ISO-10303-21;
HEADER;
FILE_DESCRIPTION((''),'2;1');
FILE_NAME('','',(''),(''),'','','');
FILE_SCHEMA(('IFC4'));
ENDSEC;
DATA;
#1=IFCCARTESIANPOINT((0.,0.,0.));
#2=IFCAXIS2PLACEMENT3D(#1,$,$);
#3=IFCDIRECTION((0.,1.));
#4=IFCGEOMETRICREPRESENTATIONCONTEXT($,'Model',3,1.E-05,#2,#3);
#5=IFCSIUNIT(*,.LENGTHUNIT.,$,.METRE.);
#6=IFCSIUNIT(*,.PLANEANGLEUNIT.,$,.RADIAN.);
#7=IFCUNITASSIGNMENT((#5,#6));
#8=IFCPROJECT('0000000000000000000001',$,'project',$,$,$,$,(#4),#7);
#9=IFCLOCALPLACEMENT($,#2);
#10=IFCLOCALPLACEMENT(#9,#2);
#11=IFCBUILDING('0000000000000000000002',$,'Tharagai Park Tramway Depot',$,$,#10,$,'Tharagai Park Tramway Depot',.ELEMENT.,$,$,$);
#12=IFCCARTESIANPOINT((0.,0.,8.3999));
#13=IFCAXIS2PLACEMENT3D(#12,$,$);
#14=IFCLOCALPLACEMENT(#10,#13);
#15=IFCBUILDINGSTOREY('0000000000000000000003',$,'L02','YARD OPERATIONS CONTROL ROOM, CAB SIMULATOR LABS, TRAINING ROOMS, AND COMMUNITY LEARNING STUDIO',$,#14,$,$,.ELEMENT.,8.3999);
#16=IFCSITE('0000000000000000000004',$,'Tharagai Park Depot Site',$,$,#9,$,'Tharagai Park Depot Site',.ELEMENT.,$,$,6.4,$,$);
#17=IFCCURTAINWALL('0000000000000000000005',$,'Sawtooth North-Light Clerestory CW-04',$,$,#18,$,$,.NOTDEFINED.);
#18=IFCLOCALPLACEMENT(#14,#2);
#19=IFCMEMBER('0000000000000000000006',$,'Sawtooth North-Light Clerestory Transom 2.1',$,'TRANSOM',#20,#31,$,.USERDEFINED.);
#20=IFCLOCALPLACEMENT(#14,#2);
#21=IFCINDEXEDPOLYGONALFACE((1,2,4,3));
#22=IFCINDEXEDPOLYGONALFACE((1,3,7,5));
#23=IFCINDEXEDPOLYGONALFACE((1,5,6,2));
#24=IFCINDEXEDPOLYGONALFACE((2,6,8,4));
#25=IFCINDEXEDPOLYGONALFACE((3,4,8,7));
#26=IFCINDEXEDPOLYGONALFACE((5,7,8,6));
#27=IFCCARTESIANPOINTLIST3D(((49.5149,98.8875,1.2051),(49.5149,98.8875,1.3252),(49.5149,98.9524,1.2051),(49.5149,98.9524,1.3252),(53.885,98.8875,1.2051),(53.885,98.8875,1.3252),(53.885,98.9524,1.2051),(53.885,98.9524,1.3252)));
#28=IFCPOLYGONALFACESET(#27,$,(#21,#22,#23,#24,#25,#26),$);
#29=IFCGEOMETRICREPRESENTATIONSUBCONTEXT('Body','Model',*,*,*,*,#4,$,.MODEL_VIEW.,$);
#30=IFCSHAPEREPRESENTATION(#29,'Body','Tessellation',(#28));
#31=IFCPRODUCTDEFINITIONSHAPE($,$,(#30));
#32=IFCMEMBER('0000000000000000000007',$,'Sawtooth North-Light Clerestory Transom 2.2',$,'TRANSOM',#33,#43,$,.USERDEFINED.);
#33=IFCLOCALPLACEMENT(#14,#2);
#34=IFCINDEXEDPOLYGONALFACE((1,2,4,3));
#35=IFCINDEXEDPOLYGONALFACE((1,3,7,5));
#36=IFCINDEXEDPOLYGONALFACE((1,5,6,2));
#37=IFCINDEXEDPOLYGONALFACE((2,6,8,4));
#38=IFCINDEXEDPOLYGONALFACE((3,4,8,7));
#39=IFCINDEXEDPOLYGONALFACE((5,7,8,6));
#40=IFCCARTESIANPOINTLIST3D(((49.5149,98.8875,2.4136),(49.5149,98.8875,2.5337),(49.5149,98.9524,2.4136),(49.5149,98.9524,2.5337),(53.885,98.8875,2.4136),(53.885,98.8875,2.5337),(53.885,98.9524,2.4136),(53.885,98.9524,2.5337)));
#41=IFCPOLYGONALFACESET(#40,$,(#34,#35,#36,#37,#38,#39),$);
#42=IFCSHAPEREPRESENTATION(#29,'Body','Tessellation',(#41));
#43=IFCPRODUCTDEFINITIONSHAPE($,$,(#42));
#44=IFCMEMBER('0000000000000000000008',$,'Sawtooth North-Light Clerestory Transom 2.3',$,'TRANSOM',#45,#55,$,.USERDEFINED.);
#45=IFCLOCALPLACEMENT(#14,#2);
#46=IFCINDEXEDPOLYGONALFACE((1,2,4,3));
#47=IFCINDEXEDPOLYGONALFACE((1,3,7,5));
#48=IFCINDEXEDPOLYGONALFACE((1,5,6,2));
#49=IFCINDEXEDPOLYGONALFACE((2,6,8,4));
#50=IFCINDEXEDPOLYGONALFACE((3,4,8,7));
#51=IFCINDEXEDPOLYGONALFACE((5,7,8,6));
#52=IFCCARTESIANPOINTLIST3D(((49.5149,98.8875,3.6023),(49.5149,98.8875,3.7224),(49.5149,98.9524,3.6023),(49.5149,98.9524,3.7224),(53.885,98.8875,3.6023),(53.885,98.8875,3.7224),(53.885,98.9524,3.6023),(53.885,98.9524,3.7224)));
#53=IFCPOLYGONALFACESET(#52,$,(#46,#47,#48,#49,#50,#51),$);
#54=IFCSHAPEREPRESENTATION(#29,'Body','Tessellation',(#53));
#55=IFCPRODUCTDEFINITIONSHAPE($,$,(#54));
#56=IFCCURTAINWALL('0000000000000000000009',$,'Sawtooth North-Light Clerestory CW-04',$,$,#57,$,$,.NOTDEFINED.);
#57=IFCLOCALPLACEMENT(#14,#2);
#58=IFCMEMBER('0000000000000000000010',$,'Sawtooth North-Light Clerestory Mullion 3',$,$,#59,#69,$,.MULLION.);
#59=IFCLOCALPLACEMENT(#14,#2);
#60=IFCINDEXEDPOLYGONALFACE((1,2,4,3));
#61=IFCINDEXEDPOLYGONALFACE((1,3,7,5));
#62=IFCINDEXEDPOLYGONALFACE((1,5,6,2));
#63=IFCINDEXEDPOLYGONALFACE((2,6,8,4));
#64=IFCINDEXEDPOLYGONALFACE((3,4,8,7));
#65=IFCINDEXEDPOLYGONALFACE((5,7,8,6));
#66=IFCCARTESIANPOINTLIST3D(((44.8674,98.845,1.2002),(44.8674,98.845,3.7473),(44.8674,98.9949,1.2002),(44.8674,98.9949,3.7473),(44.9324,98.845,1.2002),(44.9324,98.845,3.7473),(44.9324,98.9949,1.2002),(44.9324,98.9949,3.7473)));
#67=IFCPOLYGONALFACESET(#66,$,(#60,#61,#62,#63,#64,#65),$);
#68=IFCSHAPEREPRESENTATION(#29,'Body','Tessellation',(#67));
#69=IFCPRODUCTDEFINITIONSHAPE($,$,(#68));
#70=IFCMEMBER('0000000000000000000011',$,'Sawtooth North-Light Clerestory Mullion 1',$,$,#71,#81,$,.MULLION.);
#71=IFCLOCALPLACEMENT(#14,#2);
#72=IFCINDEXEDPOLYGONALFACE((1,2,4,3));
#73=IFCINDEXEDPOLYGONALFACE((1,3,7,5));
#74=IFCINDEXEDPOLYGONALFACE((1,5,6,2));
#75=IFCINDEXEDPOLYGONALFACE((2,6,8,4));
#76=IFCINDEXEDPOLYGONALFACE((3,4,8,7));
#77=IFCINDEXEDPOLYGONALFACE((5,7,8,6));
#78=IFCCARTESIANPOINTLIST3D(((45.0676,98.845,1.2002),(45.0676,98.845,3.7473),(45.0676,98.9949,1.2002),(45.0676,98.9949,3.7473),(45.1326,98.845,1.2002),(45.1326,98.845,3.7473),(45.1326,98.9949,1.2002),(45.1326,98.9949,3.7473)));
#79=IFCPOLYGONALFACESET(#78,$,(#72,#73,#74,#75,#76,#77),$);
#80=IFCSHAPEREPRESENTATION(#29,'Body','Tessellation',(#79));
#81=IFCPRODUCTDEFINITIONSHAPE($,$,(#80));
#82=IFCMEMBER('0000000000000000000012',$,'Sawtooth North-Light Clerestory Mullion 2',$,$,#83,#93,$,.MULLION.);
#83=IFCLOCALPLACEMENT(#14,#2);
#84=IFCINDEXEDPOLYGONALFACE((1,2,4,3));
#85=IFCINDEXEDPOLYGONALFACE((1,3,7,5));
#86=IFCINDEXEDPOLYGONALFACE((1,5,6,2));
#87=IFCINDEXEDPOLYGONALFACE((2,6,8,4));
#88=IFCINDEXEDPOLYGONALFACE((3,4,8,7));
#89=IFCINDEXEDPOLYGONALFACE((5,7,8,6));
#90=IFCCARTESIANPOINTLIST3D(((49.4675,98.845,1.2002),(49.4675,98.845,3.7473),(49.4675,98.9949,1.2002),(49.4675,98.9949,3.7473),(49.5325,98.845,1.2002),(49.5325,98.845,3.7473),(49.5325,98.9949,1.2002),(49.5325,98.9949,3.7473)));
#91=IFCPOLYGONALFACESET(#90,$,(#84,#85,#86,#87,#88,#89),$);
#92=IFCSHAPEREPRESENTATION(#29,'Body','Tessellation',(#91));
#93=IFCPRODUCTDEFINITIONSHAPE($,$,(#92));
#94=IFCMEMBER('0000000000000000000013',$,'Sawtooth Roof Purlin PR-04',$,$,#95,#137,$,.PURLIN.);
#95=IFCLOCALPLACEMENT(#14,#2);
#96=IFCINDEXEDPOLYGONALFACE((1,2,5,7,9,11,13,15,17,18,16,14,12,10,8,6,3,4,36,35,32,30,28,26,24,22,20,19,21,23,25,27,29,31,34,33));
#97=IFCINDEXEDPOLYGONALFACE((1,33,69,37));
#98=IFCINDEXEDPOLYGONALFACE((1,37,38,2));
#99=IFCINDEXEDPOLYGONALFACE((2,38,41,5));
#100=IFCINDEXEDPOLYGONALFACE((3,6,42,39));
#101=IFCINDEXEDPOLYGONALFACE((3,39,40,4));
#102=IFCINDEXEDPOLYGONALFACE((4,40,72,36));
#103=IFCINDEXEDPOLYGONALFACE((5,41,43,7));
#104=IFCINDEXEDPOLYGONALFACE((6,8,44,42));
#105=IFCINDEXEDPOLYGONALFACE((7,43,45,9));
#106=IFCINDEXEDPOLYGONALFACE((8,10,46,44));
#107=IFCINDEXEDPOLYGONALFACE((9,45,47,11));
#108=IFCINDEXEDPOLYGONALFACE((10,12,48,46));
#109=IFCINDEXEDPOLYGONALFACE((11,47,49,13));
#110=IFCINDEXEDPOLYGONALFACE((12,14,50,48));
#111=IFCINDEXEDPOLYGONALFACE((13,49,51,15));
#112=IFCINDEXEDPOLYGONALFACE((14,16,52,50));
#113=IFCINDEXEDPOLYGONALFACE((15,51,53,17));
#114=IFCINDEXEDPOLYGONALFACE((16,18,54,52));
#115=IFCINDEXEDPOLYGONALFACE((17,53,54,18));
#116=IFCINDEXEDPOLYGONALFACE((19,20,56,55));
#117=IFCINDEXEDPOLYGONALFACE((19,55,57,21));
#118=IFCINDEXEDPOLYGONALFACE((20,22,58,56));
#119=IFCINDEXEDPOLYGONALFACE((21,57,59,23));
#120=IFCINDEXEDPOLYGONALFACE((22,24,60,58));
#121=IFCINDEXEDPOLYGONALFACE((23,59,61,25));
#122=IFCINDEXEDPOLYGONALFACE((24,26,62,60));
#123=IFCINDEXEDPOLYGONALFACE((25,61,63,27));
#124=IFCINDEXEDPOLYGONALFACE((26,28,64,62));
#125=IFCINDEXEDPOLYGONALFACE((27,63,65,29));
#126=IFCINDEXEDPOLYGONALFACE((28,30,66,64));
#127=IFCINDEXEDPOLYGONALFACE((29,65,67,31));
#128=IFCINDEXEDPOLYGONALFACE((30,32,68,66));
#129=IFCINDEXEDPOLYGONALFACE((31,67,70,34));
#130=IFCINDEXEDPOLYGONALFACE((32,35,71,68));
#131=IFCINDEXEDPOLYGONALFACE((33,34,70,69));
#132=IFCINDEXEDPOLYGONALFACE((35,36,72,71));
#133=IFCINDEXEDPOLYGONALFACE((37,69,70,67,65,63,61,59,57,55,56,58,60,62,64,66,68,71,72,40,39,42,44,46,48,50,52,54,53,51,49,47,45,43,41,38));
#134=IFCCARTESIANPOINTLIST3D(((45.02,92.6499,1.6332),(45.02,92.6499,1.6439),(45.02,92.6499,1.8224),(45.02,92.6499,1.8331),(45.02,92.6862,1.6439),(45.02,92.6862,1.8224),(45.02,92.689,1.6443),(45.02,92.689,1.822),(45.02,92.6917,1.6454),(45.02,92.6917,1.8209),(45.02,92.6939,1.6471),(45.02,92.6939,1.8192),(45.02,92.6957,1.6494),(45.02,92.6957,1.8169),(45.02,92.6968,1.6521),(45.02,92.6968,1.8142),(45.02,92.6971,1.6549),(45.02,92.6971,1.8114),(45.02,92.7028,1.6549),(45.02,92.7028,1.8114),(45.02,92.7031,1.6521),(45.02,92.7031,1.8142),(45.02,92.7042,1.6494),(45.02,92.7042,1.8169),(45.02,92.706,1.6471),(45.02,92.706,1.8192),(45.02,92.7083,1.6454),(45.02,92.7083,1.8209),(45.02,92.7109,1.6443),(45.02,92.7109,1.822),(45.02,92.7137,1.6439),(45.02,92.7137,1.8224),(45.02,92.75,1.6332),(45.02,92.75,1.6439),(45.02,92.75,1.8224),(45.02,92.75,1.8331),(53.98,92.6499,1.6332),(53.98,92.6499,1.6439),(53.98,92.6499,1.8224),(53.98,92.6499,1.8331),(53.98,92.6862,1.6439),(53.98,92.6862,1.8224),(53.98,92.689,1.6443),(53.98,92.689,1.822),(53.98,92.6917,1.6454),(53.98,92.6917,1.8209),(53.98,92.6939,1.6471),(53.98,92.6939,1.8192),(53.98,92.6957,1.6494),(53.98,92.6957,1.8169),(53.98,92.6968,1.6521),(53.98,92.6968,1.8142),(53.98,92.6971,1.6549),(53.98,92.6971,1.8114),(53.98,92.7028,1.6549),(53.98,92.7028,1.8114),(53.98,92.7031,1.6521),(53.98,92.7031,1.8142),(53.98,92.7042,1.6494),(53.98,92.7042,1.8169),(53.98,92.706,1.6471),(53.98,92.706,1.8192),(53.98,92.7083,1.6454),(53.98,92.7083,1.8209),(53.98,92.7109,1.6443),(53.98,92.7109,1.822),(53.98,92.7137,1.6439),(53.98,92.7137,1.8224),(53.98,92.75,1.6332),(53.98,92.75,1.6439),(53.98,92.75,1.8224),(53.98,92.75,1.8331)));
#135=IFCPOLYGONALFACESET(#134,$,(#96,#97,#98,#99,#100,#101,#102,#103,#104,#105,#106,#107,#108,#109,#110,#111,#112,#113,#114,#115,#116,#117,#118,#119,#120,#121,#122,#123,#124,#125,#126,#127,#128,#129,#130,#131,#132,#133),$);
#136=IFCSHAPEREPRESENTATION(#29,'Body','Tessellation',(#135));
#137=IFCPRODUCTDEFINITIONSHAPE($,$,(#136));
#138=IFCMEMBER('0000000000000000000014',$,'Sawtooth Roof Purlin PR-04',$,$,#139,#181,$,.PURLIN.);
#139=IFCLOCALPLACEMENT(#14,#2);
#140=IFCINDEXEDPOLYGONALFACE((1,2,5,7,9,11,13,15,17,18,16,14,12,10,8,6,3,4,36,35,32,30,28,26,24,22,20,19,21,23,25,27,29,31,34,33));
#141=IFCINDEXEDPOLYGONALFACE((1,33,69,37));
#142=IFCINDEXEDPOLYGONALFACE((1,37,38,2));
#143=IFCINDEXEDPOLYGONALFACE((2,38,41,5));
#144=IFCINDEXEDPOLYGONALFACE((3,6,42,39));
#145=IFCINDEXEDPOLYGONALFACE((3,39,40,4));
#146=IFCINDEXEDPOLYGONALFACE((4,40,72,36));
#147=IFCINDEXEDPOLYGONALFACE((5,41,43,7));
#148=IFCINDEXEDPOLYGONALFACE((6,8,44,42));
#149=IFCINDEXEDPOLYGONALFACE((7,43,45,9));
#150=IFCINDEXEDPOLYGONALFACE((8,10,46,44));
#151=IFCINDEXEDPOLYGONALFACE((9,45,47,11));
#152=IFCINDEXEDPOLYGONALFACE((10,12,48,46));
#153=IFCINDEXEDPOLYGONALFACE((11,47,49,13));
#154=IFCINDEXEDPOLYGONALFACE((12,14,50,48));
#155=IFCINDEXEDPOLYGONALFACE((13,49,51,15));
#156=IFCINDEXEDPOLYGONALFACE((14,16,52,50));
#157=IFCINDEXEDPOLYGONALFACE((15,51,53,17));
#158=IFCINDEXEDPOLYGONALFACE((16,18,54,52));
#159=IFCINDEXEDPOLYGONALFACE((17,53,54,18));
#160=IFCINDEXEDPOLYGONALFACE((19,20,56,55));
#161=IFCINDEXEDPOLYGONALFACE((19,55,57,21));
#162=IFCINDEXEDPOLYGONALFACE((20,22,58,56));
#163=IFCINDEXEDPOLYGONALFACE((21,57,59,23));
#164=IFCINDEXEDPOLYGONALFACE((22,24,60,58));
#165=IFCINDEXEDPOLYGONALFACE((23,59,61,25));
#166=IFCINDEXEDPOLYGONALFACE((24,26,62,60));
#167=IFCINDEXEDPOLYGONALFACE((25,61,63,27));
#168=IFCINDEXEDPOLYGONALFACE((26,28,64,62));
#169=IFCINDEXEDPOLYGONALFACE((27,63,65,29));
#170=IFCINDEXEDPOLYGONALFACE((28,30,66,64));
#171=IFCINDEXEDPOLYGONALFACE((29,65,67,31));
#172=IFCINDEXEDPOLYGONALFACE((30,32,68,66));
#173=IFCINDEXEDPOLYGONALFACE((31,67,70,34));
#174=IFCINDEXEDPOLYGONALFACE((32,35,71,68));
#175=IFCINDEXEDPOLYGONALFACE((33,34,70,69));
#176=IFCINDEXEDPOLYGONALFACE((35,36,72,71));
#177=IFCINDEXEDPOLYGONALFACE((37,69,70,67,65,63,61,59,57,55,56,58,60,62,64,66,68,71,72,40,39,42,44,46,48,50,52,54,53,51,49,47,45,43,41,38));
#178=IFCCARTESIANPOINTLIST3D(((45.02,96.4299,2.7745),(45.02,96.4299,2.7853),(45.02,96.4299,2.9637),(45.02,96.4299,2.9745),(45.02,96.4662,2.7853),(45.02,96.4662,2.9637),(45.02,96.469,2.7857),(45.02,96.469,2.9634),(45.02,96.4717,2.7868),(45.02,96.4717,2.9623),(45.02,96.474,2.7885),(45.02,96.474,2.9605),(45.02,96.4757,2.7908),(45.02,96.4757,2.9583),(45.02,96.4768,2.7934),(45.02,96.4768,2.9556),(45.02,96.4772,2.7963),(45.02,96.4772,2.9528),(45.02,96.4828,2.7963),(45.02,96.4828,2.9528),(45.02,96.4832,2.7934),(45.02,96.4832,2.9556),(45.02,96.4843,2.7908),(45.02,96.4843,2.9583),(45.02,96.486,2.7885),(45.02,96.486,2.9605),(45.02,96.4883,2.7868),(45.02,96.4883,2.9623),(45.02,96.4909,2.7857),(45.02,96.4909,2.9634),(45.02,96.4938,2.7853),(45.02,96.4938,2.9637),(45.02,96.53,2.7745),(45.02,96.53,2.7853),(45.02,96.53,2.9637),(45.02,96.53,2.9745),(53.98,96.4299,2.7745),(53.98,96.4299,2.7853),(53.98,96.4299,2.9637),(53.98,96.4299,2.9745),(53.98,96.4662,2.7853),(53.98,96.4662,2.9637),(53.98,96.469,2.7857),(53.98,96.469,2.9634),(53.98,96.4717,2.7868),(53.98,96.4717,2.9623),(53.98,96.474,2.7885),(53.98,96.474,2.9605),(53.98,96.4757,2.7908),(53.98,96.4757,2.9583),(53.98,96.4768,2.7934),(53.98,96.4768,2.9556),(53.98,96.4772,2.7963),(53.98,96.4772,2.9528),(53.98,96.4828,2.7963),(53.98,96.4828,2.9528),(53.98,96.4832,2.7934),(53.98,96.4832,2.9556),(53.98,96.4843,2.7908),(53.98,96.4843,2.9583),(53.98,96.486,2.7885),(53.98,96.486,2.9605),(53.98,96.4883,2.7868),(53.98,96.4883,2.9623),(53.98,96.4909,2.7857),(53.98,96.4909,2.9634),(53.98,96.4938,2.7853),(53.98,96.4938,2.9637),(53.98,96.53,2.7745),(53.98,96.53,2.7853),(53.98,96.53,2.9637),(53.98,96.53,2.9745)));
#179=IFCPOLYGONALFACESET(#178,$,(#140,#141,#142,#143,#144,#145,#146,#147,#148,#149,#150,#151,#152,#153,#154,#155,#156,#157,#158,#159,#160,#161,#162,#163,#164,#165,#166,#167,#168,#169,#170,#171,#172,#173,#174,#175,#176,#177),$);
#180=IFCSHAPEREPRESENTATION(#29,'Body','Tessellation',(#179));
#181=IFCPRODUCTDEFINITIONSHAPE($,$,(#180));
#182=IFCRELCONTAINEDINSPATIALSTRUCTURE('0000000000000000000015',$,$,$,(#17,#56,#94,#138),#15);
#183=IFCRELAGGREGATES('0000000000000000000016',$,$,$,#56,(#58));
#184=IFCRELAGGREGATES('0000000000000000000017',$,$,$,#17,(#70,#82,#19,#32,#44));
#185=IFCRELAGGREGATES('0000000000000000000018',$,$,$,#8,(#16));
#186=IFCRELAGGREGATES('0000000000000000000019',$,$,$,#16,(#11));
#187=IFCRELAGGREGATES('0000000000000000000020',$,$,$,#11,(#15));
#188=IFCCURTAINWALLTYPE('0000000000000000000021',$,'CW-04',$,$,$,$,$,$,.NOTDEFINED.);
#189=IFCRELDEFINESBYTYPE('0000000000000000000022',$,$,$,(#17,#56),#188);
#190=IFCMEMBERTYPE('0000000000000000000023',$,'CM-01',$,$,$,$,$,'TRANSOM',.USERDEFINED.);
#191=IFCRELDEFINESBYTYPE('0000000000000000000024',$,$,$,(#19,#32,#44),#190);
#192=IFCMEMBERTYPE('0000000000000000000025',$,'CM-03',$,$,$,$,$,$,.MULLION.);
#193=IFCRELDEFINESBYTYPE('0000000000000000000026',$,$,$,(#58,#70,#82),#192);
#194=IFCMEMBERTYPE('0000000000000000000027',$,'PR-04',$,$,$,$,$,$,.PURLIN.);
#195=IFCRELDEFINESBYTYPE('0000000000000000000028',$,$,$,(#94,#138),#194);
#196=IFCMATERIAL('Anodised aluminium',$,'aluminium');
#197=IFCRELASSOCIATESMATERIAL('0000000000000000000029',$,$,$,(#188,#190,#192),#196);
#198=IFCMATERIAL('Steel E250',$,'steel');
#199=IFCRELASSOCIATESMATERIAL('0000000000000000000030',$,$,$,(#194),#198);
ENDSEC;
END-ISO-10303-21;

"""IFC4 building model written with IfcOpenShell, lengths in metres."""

from ifc_helpers import new_model, si_unit, direction, frame, origin, origin_2d, place, context, subcontext, project, spatial, rectangle, i_section, extrude, material, material_profile, profile_set, type_object, element, aggregate, save


model = new_model("IFC4")

# Units and contexts
model_context = context("Model", 3, precision=1e-05, world=origin(), true_north=direction((0.0, 1.0)))
body_context = subcontext(model_context, "Body", "Model", "MODEL_VIEW")
ifc_project = project(units=[si_unit("LENGTHUNIT", "METRE"), si_unit("PLANEANGLEUNIT", "RADIAN")], contexts=[model_context])

# Site, building, storey
site_placement = place(None, origin())
site = spatial("IfcSite", under=ifc_project, at=site_placement, Name="Tharagai Park Depot Site", LongName="Tharagai Park Depot Site", CompositionType="ELEMENT", RefElevation=6.4)
building_placement = place(site_placement, origin())
building = spatial("IfcBuilding", under=site, at=building_placement, Name="Tharagai Park Tramway Depot", LongName="Tharagai Park Tramway Depot", CompositionType="ELEMENT")
storey_placement = place(building_placement, frame((0.0, 0.0, 8.3999)))
storey = spatial("IfcBuildingStorey", under=building, at=storey_placement, Name="L02", Description="YARD OPERATIONS CONTROL ROOM, CAB SIMULATOR LABS, TRAINING ROOMS, AND COMMUNITY LEARNING STUDIO", CompositionType="ELEMENT", Elevation=8.3999)

# Curtain wall, members
ifc_material_1 = material(Name="Anodised aluminium", Category="aluminium")
curtain_wall_type = type_object("IfcCurtainWallType", Name="CW-04", PredefinedType="NOTDEFINED", material=ifc_material_1)
curtain_wall_1_placement = place(storey_placement, origin())
curtain_wall_1 = element("IfcCurtainWall", 1, at=curtain_wall_1_placement, inside=storey, type_object=curtain_wall_type, Name="Sawtooth North-Light Clerestory CW-04", PredefinedType="NOTDEFINED")
ifc_material_profile_1 = material_profile(ifc_material_1, rectangle(XDim=0.0649, YDim=0.1201, at=origin_2d()), Name="ALU 65x120")
ifc_profile_set_1 = profile_set([ifc_material_profile_1], Name="Anodised aluminium")
member_type_1 = type_object("IfcMemberType", Name="CM-01", ElementType="TRANSOM", PredefinedType="USERDEFINED", material=ifc_profile_set_1)
member_1_placement = place(storey_placement, frame((49.5149, 98.9199, 1.2651), z_axis=(1.0, 0.0, 0.0), x_axis=(0.0, 1.0, 0.0)))
member_1 = element("IfcMember", 2, at=member_1_placement, type_object=member_type_1, Name="Sawtooth North-Light Clerestory Transom 2.1", ObjectType="TRANSOM", PredefinedType="USERDEFINED", context=body_context, shape_type="SweptSolid", body=[
    extrude(rectangle(XDim=0.0649, YDim=0.1201, at=origin_2d()), origin(), (0.0, 0.0, 1.0), 4.3701),
])
member_2_placement = place(storey_placement, frame((49.5149, 98.9199, 2.4736), z_axis=(1.0, 0.0, 0.0), x_axis=(0.0, 1.0, 0.0)))
member_2 = element("IfcMember", 3, at=member_2_placement, type_object=member_type_1, Name="Sawtooth North-Light Clerestory Transom 2.2", ObjectType="TRANSOM", PredefinedType="USERDEFINED", context=body_context, shape_type="SweptSolid", body=[
    extrude(rectangle(XDim=0.0649, YDim=0.1201, at=origin_2d()), origin(), (0.0, 0.0, 1.0), 4.3701),
])
member_3_placement = place(storey_placement, frame((49.5149, 98.9199, 3.6624), z_axis=(1.0, 0.0, 0.0), x_axis=(0.0, 1.0, 0.0)))
member_3 = element("IfcMember", 4, at=member_3_placement, type_object=member_type_1, Name="Sawtooth North-Light Clerestory Transom 2.3", ObjectType="TRANSOM", PredefinedType="USERDEFINED", context=body_context, shape_type="SweptSolid", body=[
    extrude(rectangle(XDim=0.0649, YDim=0.1201, at=origin_2d()), origin(), (0.0, 0.0, 1.0), 4.3701),
])

# Curtain wall, member
curtain_wall_2_placement = place(storey_placement, origin())
curtain_wall_2 = element("IfcCurtainWall", 5, at=curtain_wall_2_placement, inside=storey, type_object=curtain_wall_type, Name="Sawtooth North-Light Clerestory CW-04", PredefinedType="NOTDEFINED")
ifc_material_profile_2 = material_profile(ifc_material_1, rectangle(XDim=0.0649, YDim=0.1499, at=origin_2d()), Name="ALU 65x150")
ifc_profile_set_2 = profile_set([ifc_material_profile_2], Name="Anodised aluminium")
member_type_2 = type_object("IfcMemberType", Name="CM-03", PredefinedType="MULLION", material=ifc_profile_set_2)
member_4_placement = place(storey_placement, frame((44.8999, 98.9199, 1.2002), z_axis=(0.0, 0.0, 1.0), x_axis=(1.0, 0.0, 0.0)))
member_4 = element("IfcMember", 6, at=member_4_placement, type_object=member_type_2, Name="Sawtooth North-Light Clerestory Mullion 3", PredefinedType="MULLION", context=body_context, shape_type="SweptSolid", body=[
    extrude(rectangle(XDim=0.0649, YDim=0.1499, at=origin_2d()), origin(), (0.0, 0.0, 1.0), 2.5471),
])

# Members
member_5_placement = place(storey_placement, frame((45.1001, 98.9199, 1.2002), z_axis=(0.0, 0.0, 1.0), x_axis=(1.0, 0.0, 0.0)))
member_5 = element("IfcMember", 7, at=member_5_placement, type_object=member_type_2, Name="Sawtooth North-Light Clerestory Mullion 1", PredefinedType="MULLION", context=body_context, shape_type="SweptSolid", body=[
    extrude(rectangle(XDim=0.0649, YDim=0.1499, at=origin_2d()), origin(), (0.0, 0.0, 1.0), 2.5471),
])
member_6_placement = place(storey_placement, frame((49.5, 98.9199, 1.2002), z_axis=(0.0, 0.0, 1.0), x_axis=(1.0, 0.0, 0.0)))
member_6 = element("IfcMember", 8, at=member_6_placement, type_object=member_type_2, Name="Sawtooth North-Light Clerestory Mullion 2", PredefinedType="MULLION", context=body_context, shape_type="SweptSolid", body=[
    extrude(rectangle(XDim=0.0649, YDim=0.1499, at=origin_2d()), origin(), (0.0, 0.0, 1.0), 2.5471),
])

# Members
ifc_material_2 = material(Name="Steel E250", Category="steel")
ifc_material_profile_3 = material_profile(ifc_material_2, i_section(OverallWidth=0.1001, OverallDepth=0.2, WebThickness=0.0056, FlangeThickness=0.0107, FilletRadius=0.011, at=origin_2d()), Name="ISMB 200")
ifc_profile_set_3 = profile_set([ifc_material_profile_3], Name="Steel E250")
member_type_3 = type_object("IfcMemberType", Name="PR-04", PredefinedType="PURLIN", material=ifc_profile_set_3)
for number, where, z_axis, x_axis, name in (
    (9, (45.02, 92.7, 1.7332), (1.0, 0.0, 0.0), (0.0, 1.0, 0.0), "Sawtooth Roof Purlin PR-04"),
    (10, (45.02, 96.48, 2.8745), (1.0, 0.0, 0.0), (0.0, 1.0, 0.0), "Sawtooth Roof Purlin PR-04"),
):
    element("IfcMember", number, at=place(storey_placement, frame(where, z_axis=z_axis, x_axis=x_axis)), inside=storey, type_object=member_type_3, Name=name, PredefinedType="PURLIN", context=body_context, shape_type="SweptSolid", body=[
        extrude(i_section(OverallWidth=0.1001, OverallDepth=0.2, WebThickness=0.0056, FlangeThickness=0.0107, FilletRadius=0.011, at=origin_2d()), origin(), (0.0, 0.0, 1.0), 8.96),
    ])

aggregate(curtain_wall_2, [member_4])
aggregate(curtain_wall_1, [member_5, member_6, member_1, member_2, member_3])

save(model, "model.ifc")
